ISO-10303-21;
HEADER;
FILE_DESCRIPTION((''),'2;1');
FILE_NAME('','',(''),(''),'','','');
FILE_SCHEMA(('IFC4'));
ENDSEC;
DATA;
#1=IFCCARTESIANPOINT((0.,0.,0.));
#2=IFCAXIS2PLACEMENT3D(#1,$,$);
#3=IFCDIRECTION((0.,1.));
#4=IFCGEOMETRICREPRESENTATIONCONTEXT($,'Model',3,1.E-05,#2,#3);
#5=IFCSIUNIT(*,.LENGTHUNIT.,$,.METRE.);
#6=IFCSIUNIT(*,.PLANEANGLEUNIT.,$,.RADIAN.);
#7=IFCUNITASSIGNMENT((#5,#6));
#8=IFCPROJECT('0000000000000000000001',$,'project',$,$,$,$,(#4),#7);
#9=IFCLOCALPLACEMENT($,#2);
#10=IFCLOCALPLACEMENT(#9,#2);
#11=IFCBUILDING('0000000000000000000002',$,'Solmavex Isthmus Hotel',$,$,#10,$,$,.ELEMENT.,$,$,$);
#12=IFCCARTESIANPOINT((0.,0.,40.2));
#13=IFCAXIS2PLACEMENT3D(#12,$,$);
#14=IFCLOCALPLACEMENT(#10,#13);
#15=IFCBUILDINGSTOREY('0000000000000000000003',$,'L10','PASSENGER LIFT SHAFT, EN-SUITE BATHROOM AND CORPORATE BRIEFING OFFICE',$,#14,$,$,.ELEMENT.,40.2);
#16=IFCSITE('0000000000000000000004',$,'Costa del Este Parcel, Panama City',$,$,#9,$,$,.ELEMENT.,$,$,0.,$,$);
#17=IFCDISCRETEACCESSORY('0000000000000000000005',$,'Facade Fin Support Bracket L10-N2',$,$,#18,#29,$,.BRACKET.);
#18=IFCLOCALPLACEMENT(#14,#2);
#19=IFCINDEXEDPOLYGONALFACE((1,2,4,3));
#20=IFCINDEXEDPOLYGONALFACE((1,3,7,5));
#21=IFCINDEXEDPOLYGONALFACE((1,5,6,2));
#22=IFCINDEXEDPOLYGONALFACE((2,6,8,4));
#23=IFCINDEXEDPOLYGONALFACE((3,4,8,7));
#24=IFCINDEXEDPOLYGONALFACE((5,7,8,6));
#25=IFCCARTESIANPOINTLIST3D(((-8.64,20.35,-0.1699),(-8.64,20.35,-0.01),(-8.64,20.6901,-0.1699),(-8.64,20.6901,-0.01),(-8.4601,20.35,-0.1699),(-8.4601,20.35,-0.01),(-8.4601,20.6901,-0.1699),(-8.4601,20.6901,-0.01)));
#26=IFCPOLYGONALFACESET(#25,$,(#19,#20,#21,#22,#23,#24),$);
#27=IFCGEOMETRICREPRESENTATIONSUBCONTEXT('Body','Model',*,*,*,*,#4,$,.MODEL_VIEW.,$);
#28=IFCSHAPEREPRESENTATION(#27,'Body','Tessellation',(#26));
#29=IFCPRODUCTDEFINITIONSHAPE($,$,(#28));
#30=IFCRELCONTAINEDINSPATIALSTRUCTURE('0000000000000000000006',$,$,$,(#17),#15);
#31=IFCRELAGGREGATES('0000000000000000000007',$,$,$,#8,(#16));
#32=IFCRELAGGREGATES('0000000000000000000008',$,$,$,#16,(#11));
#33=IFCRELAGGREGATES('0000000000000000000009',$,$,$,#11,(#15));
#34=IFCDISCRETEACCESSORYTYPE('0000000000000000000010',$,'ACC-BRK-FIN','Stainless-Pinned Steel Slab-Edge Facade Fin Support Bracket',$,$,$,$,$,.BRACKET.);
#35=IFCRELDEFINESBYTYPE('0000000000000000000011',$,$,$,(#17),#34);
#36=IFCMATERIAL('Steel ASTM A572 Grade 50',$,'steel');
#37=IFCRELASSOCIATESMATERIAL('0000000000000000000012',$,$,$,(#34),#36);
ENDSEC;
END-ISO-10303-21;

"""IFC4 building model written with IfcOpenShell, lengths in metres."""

from ifc_helpers import new_model, si_unit, direction, frame, origin, origin_2d, place, context, subcontext, project, spatial, rectangle, extrude, material, type_object, element, save


model = new_model("IFC4")

# Units and contexts
model_context = context("Model", 3, precision=1e-05, world=origin(), true_north=direction((0.0, 1.0)))
body_context = subcontext(model_context, "Body", "Model", "MODEL_VIEW")
ifc_project = project(units=[si_unit("LENGTHUNIT", "METRE"), si_unit("PLANEANGLEUNIT", "RADIAN")], contexts=[model_context])

# Site, building, storey
site_placement = place(None, origin())
site = spatial("IfcSite", under=ifc_project, at=site_placement, Name="Costa del Este Parcel, Panama City", CompositionType="ELEMENT", RefElevation=0.0)
building_placement = place(site_placement, origin())
building = spatial("IfcBuilding", under=site, at=building_placement, Name="Solmavex Isthmus Hotel", CompositionType="ELEMENT")
storey_placement = place(building_placement, frame((0.0, 0.0, 40.2)))
storey = spatial("IfcBuildingStorey", under=building, at=storey_placement, Name="L10", Description="PASSENGER LIFT SHAFT, EN-SUITE BATHROOM AND CORPORATE BRIEFING OFFICE", CompositionType="ELEMENT", Elevation=40.2)

# Discrete accessory
ifc_material_1 = material(Name="Steel ASTM A572 Grade 50", Category="steel")
discrete_accessory_type = type_object("IfcDiscreteAccessoryType", Name="ACC-BRK-FIN", Description="Stainless-Pinned Steel Slab-Edge Facade Fin Support Bracket", PredefinedType="BRACKET", material=ifc_material_1)
discrete_accessory_placement = place(storey_placement, frame((-8.55, 20.52, -0.1699), z_axis=(0.0, 0.0, 1.0), x_axis=(0.0, 1.0, 0.0)))
element("IfcDiscreteAccessory", 1, at=discrete_accessory_placement, inside=storey, type_object=discrete_accessory_type, Name="Facade Fin Support Bracket L10-N2", PredefinedType="BRACKET", context=body_context, shape_type="SweptSolid", body=[
    extrude(rectangle(XDim=0.3401, YDim=0.1799, at=origin_2d()), origin(), (0.0, 0.0, 1.0), 0.1599),
])

save(model, "model.ifc")
